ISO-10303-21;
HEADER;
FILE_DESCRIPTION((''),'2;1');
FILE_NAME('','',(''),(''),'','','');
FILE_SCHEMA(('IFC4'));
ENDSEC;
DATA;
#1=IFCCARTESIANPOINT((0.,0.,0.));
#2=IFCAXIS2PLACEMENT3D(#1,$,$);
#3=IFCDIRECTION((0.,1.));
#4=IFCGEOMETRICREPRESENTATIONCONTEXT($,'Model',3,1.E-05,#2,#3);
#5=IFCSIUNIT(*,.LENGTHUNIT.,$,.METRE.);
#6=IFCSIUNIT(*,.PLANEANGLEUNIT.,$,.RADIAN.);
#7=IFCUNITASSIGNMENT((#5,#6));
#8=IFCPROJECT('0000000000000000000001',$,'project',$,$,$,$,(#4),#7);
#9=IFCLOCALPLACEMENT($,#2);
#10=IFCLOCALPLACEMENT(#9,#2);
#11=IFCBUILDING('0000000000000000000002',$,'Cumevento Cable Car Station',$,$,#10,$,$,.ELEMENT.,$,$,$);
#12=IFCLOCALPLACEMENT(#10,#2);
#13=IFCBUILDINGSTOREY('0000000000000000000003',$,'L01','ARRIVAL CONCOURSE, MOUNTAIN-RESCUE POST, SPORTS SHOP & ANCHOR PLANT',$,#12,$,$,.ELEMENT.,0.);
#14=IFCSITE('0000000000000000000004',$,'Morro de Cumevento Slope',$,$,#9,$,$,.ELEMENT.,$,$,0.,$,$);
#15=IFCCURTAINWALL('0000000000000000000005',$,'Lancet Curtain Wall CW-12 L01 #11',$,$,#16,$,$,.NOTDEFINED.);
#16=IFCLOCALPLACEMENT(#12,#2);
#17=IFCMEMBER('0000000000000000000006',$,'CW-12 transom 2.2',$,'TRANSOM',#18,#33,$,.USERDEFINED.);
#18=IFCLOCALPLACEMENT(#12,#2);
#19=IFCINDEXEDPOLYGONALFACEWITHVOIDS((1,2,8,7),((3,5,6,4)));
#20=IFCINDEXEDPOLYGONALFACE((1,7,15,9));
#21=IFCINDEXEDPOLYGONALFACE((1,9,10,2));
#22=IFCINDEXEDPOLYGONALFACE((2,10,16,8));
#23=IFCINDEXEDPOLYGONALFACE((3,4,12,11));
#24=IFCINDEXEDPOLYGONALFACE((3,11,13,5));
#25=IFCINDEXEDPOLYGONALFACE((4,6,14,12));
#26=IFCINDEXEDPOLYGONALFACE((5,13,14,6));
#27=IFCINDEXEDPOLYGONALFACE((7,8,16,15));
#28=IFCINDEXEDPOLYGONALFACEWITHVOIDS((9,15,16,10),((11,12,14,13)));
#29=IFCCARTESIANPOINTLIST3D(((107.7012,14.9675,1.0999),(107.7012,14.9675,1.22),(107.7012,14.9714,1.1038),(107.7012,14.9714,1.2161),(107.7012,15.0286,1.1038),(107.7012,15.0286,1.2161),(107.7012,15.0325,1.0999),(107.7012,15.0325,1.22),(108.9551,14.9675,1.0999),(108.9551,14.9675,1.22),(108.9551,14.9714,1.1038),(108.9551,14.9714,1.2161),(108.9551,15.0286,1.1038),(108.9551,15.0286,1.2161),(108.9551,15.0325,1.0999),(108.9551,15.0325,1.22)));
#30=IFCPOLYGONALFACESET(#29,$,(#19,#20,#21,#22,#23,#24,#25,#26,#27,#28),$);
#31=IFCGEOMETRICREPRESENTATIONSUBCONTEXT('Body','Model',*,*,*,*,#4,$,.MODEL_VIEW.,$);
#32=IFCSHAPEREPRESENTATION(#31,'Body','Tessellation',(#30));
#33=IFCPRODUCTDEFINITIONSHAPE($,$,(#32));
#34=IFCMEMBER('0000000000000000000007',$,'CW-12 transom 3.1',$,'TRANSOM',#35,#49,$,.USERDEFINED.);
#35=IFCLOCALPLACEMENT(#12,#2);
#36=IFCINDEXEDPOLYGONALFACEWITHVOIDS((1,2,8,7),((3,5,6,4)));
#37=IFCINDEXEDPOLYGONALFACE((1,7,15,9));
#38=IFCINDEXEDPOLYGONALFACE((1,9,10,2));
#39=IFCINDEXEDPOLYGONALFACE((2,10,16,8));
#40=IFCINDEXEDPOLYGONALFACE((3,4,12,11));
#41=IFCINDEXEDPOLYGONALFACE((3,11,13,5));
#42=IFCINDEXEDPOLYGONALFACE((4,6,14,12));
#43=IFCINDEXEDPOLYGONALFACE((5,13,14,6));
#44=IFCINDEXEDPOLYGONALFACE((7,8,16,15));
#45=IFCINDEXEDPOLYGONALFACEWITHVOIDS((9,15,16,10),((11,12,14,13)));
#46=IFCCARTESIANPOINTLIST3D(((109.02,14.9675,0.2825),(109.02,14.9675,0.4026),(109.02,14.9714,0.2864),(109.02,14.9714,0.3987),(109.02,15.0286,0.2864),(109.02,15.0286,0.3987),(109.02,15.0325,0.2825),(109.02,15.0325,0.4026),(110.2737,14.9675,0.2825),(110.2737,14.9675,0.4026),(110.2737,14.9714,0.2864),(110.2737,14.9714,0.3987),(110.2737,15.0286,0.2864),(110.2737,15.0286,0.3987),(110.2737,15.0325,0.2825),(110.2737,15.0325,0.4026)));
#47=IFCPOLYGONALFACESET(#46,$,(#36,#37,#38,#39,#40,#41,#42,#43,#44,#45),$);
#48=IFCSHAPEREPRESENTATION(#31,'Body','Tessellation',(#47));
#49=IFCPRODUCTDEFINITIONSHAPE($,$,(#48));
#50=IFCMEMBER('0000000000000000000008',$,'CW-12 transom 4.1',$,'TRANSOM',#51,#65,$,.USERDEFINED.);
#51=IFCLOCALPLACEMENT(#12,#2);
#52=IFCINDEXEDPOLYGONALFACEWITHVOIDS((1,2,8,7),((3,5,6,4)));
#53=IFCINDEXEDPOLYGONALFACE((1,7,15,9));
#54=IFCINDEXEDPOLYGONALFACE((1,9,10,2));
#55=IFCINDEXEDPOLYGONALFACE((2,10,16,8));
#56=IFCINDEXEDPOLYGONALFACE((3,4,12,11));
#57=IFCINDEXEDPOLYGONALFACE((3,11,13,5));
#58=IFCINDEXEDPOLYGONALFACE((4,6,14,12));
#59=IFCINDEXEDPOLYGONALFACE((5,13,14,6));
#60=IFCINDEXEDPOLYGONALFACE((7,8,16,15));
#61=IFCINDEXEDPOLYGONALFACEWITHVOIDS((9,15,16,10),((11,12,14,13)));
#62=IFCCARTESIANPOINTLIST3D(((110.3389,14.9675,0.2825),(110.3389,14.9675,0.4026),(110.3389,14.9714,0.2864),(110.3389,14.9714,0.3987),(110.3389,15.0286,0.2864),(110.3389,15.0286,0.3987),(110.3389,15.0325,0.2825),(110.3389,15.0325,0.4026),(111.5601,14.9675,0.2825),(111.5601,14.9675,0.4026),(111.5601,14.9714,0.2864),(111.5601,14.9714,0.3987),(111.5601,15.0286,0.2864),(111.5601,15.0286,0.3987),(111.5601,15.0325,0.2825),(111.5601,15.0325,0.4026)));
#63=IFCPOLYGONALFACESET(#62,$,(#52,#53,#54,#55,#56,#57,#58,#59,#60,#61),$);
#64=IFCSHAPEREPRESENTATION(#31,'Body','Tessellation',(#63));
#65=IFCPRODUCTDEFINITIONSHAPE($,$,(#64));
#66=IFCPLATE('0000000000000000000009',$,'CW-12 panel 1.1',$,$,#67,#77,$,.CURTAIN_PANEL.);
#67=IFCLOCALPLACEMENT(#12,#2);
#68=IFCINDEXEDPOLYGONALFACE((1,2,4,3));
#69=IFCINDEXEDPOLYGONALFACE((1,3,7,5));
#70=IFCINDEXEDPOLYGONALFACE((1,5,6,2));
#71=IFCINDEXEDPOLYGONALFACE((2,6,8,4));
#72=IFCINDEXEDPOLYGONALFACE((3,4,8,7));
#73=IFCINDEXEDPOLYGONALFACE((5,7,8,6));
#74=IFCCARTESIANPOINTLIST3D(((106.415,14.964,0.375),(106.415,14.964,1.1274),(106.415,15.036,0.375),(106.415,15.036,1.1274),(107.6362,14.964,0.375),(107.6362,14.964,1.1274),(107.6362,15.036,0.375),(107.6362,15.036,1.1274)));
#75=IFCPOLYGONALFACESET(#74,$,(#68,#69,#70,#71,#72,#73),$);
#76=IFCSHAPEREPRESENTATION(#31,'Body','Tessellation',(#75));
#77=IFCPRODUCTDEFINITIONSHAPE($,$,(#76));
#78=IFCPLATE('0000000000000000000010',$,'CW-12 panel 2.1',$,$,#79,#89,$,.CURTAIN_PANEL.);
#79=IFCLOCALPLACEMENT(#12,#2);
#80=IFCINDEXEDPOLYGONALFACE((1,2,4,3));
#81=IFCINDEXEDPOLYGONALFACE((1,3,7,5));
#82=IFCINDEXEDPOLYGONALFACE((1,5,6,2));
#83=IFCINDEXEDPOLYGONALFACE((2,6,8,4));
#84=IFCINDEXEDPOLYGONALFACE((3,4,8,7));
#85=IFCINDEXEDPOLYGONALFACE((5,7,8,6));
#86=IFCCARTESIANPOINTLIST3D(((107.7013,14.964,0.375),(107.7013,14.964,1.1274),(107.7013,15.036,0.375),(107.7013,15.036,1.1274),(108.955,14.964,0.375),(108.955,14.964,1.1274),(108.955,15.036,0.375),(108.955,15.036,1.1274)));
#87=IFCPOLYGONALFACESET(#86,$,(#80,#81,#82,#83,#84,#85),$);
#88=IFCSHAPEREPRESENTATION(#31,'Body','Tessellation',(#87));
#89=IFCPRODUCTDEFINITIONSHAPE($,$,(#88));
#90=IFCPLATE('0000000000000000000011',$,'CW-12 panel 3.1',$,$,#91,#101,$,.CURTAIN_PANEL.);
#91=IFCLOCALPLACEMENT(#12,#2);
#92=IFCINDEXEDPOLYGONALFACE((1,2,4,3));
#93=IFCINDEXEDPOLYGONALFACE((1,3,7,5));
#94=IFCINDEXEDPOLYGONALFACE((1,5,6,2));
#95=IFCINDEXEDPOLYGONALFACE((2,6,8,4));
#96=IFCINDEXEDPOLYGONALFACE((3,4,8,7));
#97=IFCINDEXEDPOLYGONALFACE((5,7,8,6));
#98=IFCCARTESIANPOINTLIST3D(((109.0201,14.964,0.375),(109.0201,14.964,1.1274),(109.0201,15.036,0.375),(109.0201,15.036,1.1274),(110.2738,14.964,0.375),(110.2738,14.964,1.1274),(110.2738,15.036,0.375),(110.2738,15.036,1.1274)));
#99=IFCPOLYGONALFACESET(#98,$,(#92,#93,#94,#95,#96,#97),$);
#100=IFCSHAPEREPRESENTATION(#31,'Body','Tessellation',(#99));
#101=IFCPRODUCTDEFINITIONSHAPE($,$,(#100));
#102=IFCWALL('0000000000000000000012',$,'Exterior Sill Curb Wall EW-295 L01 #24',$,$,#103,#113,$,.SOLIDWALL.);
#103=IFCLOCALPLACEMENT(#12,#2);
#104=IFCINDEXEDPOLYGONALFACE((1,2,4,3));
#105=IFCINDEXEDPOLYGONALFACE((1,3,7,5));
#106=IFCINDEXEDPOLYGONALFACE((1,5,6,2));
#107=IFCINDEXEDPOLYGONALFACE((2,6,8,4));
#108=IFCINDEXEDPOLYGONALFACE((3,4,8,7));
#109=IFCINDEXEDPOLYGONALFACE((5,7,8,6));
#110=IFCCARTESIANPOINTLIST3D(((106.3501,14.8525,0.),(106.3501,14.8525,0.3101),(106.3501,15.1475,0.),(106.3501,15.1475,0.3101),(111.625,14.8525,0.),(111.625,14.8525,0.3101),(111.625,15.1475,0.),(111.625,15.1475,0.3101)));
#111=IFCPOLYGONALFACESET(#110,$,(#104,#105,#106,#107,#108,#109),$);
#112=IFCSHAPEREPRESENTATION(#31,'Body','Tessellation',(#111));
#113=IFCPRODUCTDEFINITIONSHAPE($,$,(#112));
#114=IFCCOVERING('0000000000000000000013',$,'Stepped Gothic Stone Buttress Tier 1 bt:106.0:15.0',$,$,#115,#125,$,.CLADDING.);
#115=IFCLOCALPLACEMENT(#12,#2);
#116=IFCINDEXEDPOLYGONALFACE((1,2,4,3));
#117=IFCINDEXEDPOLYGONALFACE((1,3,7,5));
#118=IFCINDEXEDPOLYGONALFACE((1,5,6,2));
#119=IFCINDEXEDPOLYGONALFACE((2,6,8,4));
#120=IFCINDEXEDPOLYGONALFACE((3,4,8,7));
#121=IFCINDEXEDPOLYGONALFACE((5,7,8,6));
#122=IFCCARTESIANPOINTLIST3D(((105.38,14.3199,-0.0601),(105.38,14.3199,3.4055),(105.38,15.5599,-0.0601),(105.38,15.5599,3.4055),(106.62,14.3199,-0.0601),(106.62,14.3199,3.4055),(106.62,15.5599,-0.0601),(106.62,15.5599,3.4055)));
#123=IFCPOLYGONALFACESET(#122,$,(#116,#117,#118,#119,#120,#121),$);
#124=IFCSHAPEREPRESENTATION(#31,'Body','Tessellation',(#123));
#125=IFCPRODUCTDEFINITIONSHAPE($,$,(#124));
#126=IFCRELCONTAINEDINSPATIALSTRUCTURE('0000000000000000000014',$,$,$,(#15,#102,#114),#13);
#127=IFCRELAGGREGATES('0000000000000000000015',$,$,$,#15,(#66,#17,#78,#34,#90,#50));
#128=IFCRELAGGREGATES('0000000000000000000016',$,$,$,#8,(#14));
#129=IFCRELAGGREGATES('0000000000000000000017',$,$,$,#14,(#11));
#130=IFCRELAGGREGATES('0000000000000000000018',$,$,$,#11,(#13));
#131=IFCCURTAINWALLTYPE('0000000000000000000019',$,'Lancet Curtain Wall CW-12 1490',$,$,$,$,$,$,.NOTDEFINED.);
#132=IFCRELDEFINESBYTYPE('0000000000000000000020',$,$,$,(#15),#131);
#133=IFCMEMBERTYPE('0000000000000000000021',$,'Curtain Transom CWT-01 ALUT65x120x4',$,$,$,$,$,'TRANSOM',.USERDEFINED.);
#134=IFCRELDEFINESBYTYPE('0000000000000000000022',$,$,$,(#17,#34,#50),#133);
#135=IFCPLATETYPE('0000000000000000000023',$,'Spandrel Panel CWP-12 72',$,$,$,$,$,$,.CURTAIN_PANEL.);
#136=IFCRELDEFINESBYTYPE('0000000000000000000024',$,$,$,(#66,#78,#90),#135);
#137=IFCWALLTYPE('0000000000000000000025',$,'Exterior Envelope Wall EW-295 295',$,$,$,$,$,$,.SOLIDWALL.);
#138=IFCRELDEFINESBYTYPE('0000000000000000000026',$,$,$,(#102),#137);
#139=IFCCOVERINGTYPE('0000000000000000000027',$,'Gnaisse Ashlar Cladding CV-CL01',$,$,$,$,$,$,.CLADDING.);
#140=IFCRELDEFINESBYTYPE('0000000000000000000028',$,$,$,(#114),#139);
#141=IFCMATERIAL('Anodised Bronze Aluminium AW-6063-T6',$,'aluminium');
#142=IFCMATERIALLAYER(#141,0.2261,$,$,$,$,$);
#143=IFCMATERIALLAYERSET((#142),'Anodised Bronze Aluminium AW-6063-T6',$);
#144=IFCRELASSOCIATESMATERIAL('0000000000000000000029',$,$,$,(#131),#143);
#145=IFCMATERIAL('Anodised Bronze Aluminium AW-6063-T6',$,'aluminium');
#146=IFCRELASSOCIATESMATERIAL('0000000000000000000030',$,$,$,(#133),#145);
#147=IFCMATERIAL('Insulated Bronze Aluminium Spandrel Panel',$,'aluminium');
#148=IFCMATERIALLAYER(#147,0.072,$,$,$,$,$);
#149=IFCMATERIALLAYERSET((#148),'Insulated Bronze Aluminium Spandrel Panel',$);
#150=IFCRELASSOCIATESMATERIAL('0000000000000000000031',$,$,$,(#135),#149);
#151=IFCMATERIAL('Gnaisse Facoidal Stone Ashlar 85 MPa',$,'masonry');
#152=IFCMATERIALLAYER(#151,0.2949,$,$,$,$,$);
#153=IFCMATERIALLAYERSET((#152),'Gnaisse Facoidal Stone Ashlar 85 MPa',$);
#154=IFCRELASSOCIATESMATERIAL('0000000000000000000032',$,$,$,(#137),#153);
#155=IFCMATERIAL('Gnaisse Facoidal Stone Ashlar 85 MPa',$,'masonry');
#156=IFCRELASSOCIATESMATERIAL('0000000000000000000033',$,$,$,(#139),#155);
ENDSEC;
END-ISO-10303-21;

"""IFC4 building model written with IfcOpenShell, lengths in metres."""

from ifc_helpers import new_model, si_unit, direction, frame, frame_2d, origin, origin_2d, place, context, subcontext, project, spatial, rectangle, hollow_rectangle, extrude, material, layer, layer_set, material_profile, profile_set, type_object, element, aggregate, save


model = new_model("IFC4")

# Units and contexts
model_context = context("Model", 3, precision=1e-05, world=origin(), true_north=direction((0.0, 1.0)))
body_context = subcontext(model_context, "Body", "Model", "MODEL_VIEW")
ifc_project = project(units=[si_unit("LENGTHUNIT", "METRE"), si_unit("PLANEANGLEUNIT", "RADIAN")], contexts=[model_context])

# Site, building, storey
site_placement = place(None, origin())
site = spatial("IfcSite", under=ifc_project, at=site_placement, Name="Morro de Cumevento Slope", CompositionType="ELEMENT", RefElevation=0.0)
building_placement = place(site_placement, origin())
building = spatial("IfcBuilding", under=site, at=building_placement, Name="Cumevento Cable Car Station", CompositionType="ELEMENT")
storey_placement = place(building_placement, origin())
storey = spatial("IfcBuildingStorey", under=building, at=storey_placement, Name="L01", Description="ARRIVAL CONCOURSE, MOUNTAIN-RESCUE POST, SPORTS SHOP & ANCHOR PLANT", CompositionType="ELEMENT", Elevation=0.0)

# Curtain wall, members, plates
ifc_material_1 = material(Name="Anodised Bronze Aluminium AW-6063-T6", Category="aluminium")
ifc_layer_1 = layer(ifc_material_1, 0.2261)
ifc_layer_set_1 = layer_set([ifc_layer_1], Name="Anodised Bronze Aluminium AW-6063-T6")
curtain_wall_type = type_object("IfcCurtainWallType", Name="Lancet Curtain Wall CW-12 1490", PredefinedType="NOTDEFINED", material=ifc_layer_set_1)
curtain_wall_placement = place(storey_placement, origin())
curtain_wall = element("IfcCurtainWall", 1, at=curtain_wall_placement, inside=storey, type_object=curtain_wall_type, Name="Lancet Curtain Wall CW-12 L01 #11", PredefinedType="NOTDEFINED")
ifc_material_2 = material(Name="Anodised Bronze Aluminium AW-6063-T6", Category="aluminium")
ifc_material_profile_1 = material_profile(ifc_material_2, hollow_rectangle(XDim=0.0649, YDim=0.1201, WallThickness=0.0039, at=origin_2d()), Name="ALUT65x120x4")
ifc_profile_set_1 = profile_set([ifc_material_profile_1], Name="Anodised Bronze Aluminium AW-6063-T6")
member_type_1 = type_object("IfcMemberType", Name="Curtain Transom CWT-01 ALUT65x120x4", ElementType="TRANSOM", PredefinedType="USERDEFINED", material=ifc_profile_set_1)
member_1_placement = place(storey_placement, frame((107.7012, 15.0, 1.1599), z_axis=(1.0, 0.0, 0.0), x_axis=(0.0, 1.0, 0.0)))
member_1 = element("IfcMember", 2, at=member_1_placement, type_object=member_type_1, Name="CW-12 transom 2.2", ObjectType="TRANSOM", PredefinedType="USERDEFINED", context=body_context, shape_type="SweptSolid", body=[
    extrude(hollow_rectangle(XDim=0.0649, YDim=0.1201, WallThickness=0.0039, at=origin_2d()), origin(), (0.0, 0.0, 1.0), 1.2539),
])
member_2_placement = place(storey_placement, frame((109.02, 15.0, 0.3425), z_axis=(1.0, 0.0, 0.0), x_axis=(0.0, 1.0, 0.0)))
member_2 = element("IfcMember", 3, at=member_2_placement, type_object=member_type_1, Name="CW-12 transom 3.1", ObjectType="TRANSOM", PredefinedType="USERDEFINED", context=body_context, shape_type="SweptSolid", body=[
    extrude(hollow_rectangle(XDim=0.0649, YDim=0.1201, WallThickness=0.0039, at=origin_2d()), origin(), (0.0, 0.0, 1.0), 1.2537),
])
member_3_placement = place(storey_placement, frame((110.3389, 15.0, 0.3425), z_axis=(1.0, 0.0, 0.0), x_axis=(0.0, 1.0, 0.0)))
member_3 = element("IfcMember", 4, at=member_3_placement, type_object=member_type_1, Name="CW-12 transom 4.1", ObjectType="TRANSOM", PredefinedType="USERDEFINED", context=body_context, shape_type="SweptSolid", body=[
    extrude(hollow_rectangle(XDim=0.0649, YDim=0.1201, WallThickness=0.0039, at=origin_2d()), origin(), (0.0, 0.0, 1.0), 1.2212),
])
ifc_material_3 = material(Name="Insulated Bronze Aluminium Spandrel Panel", Category="aluminium")
ifc_layer_2 = layer(ifc_material_3, 0.072)
ifc_layer_set_2 = layer_set([ifc_layer_2], Name="Insulated Bronze Aluminium Spandrel Panel")
plate_type = type_object("IfcPlateType", Name="Spandrel Panel CWP-12 72", PredefinedType="CURTAIN_PANEL", material=ifc_layer_set_2)
plate_1_placement = place(storey_placement, frame((107.0256, 15.0, 0.375), z_axis=(0.0, 0.0, 1.0), x_axis=(1.0, 0.0, 0.0)))
plate_1 = element("IfcPlate", 5, at=plate_1_placement, type_object=plate_type, Name="CW-12 panel 1.1", PredefinedType="CURTAIN_PANEL", context=body_context, shape_type="SweptSolid", body=[
    extrude(rectangle(XDim=1.2212, YDim=0.072, at=origin_2d()), origin(), (0.0, 0.0, 1.0), 0.7524),
])
plate_2_placement = place(storey_placement, frame((108.3281, 15.0, 0.375), z_axis=(0.0, 0.0, 1.0), x_axis=(1.0, 0.0, 0.0)))
plate_2 = element("IfcPlate", 6, at=plate_2_placement, type_object=plate_type, Name="CW-12 panel 2.1", PredefinedType="CURTAIN_PANEL", context=body_context, shape_type="SweptSolid", body=[
    extrude(rectangle(XDim=1.2537, YDim=0.072, at=origin_2d()), origin(), (0.0, 0.0, 1.0), 0.7524),
])
plate_3_placement = place(storey_placement, frame((109.647, 15.0, 0.375), z_axis=(0.0, 0.0, 1.0), x_axis=(1.0, 0.0, 0.0)))
plate_3 = element("IfcPlate", 7, at=plate_3_placement, type_object=plate_type, Name="CW-12 panel 3.1", PredefinedType="CURTAIN_PANEL", context=body_context, shape_type="SweptSolid", body=[
    extrude(rectangle(XDim=1.2537, YDim=0.072, at=origin_2d()), origin(), (0.0, 0.0, 1.0), 0.7524),
])
aggregate(curtain_wall, [plate_1, member_1, plate_2, member_2, plate_3, member_3])

# Wall
ifc_material_4 = material(Name="Gnaisse Facoidal Stone Ashlar 85 MPa", Category="masonry")
ifc_layer_3 = layer(ifc_material_4, 0.2949)
ifc_layer_set_3 = layer_set([ifc_layer_3], Name="Gnaisse Facoidal Stone Ashlar 85 MPa")
wall_type = type_object("IfcWallType", Name="Exterior Envelope Wall EW-295 295", PredefinedType="SOLIDWALL", material=ifc_layer_set_3)
wall_placement = place(storey_placement, frame((106.3501, 15.0, 0.0), z_axis=(0.0, 0.0, 1.0), x_axis=(1.0, 0.0, 0.0)))
element("IfcWall", 8, at=wall_placement, inside=storey, type_object=wall_type, Name="Exterior Sill Curb Wall EW-295 L01 #24", PredefinedType="SOLIDWALL", context=body_context, shape_type="SweptSolid", body=[
    extrude(rectangle(XDim=5.2749, YDim=0.2949, at=frame_2d((2.6375, 0.0))), origin(), (0.0, 0.0, 1.0), 0.3101),
])

# Covering
ifc_material_5 = material(Name="Gnaisse Facoidal Stone Ashlar 85 MPa", Category="masonry")
covering_type = type_object("IfcCoveringType", Name="Gnaisse Ashlar Cladding CV-CL01", PredefinedType="CLADDING", material=ifc_material_5)
covering_1_placement = place(storey_placement, frame((106.0, 14.9399, -0.0601), z_axis=(0.0, 0.0, 1.0), x_axis=(1.0, 0.0, 0.0)))
element("IfcCovering", 9, at=covering_1_placement, inside=storey, type_object=covering_type, Name="Stepped Gothic Stone Buttress Tier 1 bt:106.0:15.0", PredefinedType="CLADDING", context=body_context, shape_type="SweptSolid", body=[
    extrude(rectangle(XDim=1.24, YDim=1.24, at=origin_2d()), origin(), (0.0, 0.0, 1.0), 3.4656),
])

save(model, "model.ifc")
